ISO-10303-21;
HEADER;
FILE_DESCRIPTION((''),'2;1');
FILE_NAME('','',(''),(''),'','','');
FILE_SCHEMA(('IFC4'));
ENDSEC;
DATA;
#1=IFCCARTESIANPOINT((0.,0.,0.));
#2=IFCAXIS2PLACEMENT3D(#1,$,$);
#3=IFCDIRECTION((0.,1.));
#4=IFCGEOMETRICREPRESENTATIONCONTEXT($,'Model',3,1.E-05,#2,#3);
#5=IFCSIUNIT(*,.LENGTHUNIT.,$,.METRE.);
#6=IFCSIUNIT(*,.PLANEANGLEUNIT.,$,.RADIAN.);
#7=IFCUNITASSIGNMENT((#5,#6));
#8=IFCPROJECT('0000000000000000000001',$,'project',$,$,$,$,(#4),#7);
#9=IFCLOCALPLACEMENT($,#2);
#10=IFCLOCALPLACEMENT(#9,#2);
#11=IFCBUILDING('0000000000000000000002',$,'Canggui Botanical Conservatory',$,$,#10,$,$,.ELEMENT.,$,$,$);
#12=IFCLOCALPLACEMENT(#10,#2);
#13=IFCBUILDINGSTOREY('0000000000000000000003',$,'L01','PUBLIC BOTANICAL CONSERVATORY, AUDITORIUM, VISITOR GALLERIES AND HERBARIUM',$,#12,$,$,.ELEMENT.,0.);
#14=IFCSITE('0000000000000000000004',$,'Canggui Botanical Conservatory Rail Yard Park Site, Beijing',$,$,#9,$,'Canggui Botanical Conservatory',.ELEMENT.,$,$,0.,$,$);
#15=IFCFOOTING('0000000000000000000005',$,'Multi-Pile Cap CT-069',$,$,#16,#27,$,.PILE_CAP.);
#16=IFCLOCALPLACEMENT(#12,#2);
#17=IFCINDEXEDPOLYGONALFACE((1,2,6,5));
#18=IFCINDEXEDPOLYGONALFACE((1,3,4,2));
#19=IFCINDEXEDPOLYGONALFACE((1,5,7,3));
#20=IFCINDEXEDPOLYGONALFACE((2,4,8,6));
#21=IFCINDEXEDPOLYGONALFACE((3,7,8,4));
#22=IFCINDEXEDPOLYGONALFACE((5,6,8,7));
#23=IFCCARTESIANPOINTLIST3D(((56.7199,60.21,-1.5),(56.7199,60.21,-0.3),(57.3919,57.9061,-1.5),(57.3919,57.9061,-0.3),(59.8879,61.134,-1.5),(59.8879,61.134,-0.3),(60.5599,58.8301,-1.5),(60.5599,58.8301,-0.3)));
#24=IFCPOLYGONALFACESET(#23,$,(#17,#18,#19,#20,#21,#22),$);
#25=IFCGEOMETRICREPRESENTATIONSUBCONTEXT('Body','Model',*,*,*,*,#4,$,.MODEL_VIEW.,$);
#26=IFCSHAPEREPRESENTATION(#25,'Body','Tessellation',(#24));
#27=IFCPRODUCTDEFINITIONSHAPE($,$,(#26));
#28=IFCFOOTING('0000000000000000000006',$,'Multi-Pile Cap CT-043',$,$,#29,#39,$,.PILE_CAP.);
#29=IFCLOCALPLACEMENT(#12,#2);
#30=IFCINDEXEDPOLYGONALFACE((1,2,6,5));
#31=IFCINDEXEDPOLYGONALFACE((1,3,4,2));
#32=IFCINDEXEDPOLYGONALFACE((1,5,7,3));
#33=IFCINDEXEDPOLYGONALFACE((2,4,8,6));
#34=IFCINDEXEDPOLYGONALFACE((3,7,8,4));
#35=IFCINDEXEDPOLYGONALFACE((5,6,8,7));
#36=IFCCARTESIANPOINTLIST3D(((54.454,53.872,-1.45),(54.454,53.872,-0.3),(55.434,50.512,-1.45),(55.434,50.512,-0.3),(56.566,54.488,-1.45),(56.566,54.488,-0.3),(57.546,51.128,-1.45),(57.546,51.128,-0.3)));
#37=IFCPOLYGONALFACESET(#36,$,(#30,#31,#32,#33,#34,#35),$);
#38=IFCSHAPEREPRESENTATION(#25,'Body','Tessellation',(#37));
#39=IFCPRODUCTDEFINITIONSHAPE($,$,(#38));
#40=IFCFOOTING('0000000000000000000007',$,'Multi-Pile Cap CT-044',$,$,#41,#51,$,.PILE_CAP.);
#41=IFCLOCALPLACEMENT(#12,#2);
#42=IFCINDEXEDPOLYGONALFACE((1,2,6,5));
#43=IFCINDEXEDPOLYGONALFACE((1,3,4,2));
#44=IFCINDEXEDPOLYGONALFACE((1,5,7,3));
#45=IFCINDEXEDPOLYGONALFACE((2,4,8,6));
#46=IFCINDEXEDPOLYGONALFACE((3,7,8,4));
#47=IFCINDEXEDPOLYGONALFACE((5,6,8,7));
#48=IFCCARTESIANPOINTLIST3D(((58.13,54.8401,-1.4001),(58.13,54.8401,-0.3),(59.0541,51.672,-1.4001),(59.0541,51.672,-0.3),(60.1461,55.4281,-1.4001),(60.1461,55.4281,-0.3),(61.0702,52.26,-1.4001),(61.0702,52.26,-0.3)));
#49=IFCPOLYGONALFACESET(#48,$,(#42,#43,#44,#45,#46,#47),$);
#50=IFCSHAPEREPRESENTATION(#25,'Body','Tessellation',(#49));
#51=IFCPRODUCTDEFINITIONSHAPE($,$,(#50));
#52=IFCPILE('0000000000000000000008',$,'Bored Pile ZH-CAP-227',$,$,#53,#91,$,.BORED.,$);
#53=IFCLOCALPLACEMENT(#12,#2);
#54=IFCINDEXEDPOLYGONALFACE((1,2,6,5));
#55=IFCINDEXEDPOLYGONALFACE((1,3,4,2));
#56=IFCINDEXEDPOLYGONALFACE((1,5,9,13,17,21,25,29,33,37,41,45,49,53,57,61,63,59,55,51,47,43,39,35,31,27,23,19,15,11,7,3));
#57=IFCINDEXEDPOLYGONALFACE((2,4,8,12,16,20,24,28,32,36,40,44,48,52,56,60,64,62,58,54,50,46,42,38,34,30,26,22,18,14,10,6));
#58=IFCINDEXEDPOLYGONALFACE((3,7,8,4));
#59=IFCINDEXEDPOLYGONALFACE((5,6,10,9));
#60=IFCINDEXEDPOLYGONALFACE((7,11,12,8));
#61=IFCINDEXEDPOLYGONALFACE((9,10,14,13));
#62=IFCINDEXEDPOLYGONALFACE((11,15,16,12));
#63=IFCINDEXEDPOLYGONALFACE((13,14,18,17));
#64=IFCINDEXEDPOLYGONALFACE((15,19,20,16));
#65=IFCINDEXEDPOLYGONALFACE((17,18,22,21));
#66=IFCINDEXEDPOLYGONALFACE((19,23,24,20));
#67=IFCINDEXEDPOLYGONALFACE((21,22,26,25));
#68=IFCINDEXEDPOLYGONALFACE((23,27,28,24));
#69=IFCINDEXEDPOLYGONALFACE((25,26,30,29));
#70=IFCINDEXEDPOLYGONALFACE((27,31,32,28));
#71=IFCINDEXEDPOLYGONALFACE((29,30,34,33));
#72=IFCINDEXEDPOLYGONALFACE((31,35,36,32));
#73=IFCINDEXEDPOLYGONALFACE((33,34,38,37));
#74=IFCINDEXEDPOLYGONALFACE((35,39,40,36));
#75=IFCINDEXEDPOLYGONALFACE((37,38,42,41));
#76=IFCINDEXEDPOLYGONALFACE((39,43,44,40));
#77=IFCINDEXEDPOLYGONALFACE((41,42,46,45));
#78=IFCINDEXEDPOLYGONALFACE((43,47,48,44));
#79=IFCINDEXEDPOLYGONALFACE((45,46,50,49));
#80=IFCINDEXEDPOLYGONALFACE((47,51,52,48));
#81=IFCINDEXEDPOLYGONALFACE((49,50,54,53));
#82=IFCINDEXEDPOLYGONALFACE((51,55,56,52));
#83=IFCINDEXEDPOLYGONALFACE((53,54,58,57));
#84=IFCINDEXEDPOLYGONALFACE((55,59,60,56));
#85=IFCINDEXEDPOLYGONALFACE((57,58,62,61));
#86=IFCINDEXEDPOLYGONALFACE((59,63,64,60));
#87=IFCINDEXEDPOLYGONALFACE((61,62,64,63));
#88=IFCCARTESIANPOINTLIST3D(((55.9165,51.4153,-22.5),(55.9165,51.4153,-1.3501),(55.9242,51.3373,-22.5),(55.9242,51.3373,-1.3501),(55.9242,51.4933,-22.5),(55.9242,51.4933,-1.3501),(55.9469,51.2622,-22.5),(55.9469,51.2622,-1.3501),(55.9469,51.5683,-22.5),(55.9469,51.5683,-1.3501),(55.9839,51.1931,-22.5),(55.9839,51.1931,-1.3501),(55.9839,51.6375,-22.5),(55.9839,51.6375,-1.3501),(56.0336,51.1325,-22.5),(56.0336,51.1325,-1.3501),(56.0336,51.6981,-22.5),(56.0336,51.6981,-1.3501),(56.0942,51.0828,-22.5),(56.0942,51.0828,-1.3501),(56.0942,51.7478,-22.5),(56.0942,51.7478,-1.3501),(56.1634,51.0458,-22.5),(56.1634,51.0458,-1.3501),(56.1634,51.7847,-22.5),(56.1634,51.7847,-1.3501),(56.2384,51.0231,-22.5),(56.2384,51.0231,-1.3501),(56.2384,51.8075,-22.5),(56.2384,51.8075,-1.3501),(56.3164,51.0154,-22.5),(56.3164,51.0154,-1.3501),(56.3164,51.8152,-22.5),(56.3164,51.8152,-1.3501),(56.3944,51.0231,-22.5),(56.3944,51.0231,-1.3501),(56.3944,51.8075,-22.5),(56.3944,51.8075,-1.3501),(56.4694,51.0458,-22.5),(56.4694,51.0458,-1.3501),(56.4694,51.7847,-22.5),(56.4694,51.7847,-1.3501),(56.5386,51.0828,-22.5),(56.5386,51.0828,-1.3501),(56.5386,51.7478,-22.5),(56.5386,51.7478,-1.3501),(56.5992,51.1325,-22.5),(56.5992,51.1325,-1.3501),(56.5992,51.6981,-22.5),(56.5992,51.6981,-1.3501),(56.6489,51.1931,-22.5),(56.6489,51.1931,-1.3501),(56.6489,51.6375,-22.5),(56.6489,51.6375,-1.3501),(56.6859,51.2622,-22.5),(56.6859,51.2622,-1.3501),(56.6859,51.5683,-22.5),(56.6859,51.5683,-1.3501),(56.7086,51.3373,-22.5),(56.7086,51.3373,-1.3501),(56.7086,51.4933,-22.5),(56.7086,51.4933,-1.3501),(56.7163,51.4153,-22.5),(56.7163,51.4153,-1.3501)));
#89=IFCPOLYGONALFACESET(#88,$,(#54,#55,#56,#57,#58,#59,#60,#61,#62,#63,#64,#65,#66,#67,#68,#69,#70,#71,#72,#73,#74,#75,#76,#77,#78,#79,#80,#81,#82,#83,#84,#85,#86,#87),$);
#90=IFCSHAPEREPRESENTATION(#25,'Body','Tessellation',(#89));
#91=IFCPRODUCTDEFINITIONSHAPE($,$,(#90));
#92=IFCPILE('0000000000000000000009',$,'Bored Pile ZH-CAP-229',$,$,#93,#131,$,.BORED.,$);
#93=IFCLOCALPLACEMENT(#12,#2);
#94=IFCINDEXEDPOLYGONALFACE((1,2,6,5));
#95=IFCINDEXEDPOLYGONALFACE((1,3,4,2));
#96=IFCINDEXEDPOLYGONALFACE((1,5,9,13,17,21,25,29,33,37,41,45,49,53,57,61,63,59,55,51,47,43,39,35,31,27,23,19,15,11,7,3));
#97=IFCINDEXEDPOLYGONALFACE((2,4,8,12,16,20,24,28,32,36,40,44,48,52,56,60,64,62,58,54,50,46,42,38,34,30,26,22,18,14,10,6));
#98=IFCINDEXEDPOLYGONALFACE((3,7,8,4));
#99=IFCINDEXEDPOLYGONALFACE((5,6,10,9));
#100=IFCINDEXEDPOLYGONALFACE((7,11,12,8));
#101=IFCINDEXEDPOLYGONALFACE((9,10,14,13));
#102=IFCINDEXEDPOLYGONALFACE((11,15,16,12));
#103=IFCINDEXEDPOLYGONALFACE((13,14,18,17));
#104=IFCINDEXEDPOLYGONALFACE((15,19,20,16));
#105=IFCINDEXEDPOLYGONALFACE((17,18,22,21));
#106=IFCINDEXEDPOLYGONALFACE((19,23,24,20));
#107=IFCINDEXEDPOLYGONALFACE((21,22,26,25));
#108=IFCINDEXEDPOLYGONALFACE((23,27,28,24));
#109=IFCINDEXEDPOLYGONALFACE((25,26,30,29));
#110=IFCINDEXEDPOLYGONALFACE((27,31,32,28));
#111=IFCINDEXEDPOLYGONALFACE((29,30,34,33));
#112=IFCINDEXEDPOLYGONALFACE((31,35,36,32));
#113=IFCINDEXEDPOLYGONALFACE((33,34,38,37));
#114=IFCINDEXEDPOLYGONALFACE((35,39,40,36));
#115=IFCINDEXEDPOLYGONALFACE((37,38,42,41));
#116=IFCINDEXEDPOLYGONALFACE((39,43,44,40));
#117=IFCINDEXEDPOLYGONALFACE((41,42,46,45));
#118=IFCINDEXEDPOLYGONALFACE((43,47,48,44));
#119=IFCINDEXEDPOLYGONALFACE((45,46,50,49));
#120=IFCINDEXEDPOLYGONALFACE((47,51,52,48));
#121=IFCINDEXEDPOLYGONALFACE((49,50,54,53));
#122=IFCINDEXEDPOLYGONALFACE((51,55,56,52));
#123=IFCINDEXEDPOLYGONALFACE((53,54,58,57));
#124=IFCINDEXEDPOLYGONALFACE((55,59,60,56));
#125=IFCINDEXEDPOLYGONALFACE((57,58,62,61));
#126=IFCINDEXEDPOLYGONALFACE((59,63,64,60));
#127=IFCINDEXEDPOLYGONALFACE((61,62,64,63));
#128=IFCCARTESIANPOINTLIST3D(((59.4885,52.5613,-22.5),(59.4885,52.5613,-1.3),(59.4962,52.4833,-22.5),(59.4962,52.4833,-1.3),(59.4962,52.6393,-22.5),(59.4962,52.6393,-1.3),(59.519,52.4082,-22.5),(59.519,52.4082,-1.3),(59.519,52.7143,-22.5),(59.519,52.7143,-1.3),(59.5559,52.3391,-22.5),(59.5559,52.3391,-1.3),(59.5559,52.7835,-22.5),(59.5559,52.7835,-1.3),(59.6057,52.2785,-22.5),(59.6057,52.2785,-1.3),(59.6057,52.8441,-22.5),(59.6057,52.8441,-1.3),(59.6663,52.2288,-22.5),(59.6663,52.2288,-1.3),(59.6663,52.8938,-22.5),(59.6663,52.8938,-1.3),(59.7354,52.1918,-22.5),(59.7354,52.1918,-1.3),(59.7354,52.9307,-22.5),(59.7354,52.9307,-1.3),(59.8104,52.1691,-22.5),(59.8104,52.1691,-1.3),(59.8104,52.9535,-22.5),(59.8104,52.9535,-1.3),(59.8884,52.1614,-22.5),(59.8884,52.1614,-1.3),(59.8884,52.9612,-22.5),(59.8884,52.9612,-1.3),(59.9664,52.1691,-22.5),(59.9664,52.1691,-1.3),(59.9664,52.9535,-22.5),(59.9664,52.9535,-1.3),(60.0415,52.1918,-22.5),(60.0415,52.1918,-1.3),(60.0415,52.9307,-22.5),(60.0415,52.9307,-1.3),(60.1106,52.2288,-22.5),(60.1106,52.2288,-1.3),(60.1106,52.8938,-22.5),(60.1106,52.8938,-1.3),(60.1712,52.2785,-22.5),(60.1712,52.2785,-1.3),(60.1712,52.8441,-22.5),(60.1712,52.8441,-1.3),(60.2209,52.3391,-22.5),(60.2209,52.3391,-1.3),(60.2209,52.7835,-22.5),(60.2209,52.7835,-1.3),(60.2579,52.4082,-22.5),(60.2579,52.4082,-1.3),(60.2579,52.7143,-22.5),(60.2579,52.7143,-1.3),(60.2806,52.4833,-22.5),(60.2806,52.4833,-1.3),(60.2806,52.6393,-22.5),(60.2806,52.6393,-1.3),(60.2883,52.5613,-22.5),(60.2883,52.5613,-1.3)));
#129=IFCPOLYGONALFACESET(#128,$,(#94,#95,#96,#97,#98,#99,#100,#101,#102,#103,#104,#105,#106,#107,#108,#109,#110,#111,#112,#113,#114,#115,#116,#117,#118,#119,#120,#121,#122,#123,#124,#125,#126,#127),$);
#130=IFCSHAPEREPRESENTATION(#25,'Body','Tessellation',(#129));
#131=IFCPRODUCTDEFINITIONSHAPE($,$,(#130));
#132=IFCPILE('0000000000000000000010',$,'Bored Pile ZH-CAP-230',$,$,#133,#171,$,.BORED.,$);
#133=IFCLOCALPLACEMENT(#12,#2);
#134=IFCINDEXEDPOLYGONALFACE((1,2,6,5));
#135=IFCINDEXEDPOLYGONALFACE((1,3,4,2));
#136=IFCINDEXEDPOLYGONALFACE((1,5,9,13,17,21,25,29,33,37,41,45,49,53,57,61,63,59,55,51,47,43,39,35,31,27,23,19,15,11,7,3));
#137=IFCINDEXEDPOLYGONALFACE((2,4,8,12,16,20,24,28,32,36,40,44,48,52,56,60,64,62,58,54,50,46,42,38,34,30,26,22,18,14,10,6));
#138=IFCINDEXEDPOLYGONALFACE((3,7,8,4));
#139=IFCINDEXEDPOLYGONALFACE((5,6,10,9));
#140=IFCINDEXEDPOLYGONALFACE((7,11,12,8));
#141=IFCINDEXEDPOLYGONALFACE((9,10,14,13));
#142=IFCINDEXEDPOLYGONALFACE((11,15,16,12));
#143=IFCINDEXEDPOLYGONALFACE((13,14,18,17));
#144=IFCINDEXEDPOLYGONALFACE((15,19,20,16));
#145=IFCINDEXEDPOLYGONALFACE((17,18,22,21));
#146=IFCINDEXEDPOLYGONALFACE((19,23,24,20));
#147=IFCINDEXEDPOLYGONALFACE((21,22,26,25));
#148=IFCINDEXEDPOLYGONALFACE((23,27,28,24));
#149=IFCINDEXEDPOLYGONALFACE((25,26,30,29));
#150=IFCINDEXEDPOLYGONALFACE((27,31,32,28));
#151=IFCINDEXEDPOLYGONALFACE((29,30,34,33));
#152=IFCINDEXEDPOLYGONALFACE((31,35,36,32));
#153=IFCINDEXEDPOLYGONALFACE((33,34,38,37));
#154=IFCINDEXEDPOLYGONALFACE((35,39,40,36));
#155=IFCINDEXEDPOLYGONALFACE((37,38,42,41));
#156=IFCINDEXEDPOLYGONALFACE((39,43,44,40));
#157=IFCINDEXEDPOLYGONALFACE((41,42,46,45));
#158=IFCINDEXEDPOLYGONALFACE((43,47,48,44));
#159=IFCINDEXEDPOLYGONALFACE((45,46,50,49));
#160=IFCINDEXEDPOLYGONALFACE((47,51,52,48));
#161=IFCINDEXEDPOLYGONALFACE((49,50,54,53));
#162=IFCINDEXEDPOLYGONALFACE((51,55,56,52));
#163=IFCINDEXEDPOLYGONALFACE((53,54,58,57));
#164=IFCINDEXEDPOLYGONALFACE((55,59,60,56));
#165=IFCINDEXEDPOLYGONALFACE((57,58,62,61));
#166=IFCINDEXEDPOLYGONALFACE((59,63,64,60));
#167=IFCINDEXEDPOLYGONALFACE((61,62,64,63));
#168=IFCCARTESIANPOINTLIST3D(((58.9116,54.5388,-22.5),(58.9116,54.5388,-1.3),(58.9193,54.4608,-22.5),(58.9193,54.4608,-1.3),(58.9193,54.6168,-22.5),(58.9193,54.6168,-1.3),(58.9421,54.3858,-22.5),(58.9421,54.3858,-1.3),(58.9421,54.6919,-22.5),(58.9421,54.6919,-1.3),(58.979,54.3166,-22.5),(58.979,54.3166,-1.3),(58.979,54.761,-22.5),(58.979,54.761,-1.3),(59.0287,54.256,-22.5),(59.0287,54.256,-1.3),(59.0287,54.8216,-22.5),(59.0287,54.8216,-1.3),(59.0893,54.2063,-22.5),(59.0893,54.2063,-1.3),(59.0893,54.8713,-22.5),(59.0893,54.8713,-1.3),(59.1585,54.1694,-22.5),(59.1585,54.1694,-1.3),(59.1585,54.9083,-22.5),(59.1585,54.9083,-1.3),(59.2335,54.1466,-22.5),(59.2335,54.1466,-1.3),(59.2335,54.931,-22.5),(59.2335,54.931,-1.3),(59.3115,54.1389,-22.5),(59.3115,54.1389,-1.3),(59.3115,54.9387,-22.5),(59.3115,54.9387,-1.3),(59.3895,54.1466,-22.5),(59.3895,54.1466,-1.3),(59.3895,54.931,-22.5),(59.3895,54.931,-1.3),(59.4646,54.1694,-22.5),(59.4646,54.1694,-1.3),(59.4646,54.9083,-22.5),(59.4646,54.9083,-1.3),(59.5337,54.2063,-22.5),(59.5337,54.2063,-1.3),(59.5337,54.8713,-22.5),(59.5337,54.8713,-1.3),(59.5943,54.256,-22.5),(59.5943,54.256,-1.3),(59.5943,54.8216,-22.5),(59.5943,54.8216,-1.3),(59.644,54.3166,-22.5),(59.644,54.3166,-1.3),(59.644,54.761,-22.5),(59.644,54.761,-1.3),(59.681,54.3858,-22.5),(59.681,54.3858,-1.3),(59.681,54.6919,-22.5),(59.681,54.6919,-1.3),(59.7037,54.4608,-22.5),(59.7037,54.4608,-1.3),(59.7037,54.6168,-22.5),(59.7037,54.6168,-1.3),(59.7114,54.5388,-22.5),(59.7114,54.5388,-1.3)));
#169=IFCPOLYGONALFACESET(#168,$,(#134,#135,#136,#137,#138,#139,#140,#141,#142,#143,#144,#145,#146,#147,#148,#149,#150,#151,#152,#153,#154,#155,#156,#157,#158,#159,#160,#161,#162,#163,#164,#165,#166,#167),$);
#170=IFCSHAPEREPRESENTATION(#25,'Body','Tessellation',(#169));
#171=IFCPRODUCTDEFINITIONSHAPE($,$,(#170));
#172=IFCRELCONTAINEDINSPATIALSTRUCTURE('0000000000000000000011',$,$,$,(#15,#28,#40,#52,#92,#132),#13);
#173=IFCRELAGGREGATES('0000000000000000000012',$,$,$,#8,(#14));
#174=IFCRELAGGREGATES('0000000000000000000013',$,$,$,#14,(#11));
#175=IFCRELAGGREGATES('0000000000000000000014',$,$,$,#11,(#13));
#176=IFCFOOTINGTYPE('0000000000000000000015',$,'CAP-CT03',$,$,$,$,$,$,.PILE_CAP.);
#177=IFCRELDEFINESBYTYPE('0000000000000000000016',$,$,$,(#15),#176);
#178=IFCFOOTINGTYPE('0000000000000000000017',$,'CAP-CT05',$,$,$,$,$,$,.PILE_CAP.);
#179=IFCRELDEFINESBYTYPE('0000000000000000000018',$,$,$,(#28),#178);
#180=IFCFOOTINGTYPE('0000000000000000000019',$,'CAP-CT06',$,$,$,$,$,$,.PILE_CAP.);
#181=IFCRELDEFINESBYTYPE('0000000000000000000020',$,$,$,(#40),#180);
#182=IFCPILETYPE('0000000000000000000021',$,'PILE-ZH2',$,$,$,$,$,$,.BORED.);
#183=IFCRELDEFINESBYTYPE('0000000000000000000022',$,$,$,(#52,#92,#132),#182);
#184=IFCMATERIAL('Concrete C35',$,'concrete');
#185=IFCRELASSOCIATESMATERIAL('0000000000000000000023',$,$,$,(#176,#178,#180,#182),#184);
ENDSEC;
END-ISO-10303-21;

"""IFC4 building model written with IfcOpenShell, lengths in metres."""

from ifc_helpers import new_model, si_unit, direction, frame, origin, origin_2d, place, context, subcontext, project, spatial, rectangle, circle, extrude, material, material_profile, profile_set, type_object, element, save


model = new_model("IFC4")

# Units and contexts
model_context = context("Model", 3, precision=1e-05, world=origin(), true_north=direction((0.0, 1.0)))
body_context = subcontext(model_context, "Body", "Model", "MODEL_VIEW")
ifc_project = project(units=[si_unit("LENGTHUNIT", "METRE"), si_unit("PLANEANGLEUNIT", "RADIAN")], contexts=[model_context])

# Site, building, storey
site_placement = place(None, origin())
site = spatial("IfcSite", under=ifc_project, at=site_placement, Name="Canggui Botanical Conservatory Rail Yard Park Site, Beijing", LongName="Canggui Botanical Conservatory", CompositionType="ELEMENT", RefElevation=0.0)
building_placement = place(site_placement, origin())
building = spatial("IfcBuilding", under=site, at=building_placement, Name="Canggui Botanical Conservatory", CompositionType="ELEMENT")
storey_placement = place(building_placement, origin())
storey = spatial("IfcBuildingStorey", under=building, at=storey_placement, Name="L01", Description="PUBLIC BOTANICAL CONSERVATORY, AUDITORIUM, VISITOR GALLERIES AND HERBARIUM", CompositionType="ELEMENT", Elevation=0.0)

# Footings
ifc_material_1 = material(Name="Concrete C35", Category="concrete")
footing_type_1 = type_object("IfcFootingType", Name="CAP-CT03", PredefinedType="PILE_CAP", material=ifc_material_1)
footing_1_placement = place(storey_placement, frame((58.6399, 59.52, -1.5), z_axis=(0.0, 0.0, 1.0), x_axis=(0.96, 0.28, 0.0)))
element("IfcFooting", 1, at=footing_1_placement, inside=storey, type_object=footing_type_1, Name="Multi-Pile Cap CT-069", PredefinedType="PILE_CAP", context=body_context, shape_type="SweptSolid", body=[
    extrude(rectangle(XDim=3.3, YDim=2.3999, at=origin_2d()), origin(), (0.0, 0.0, 1.0), 1.2),
])
footing_type_2 = type_object("IfcFootingType", Name="CAP-CT05", PredefinedType="PILE_CAP", material=ifc_material_1)
footing_2_placement = place(storey_placement, frame((56.0, 52.5, -1.45), z_axis=(0.0, 0.0, 1.0), x_axis=(-0.28, 0.96, 0.0)))
element("IfcFooting", 2, at=footing_2_placement, inside=storey, type_object=footing_type_2, Name="Multi-Pile Cap CT-043", PredefinedType="PILE_CAP", context=body_context, shape_type="SweptSolid", body=[
    extrude(rectangle(XDim=3.5, YDim=2.2, at=origin_2d()), origin(), (0.0, 0.0, 1.0), 1.1499),
])
footing_type_3 = type_object("IfcFootingType", Name="CAP-CT06", PredefinedType="PILE_CAP", material=ifc_material_1)
footing_3_placement = place(storey_placement, frame((59.6001, 53.55, -1.4001), z_axis=(0.0, 0.0, 1.0), x_axis=(-0.28, 0.96, 0.0)))
element("IfcFooting", 3, at=footing_3_placement, inside=storey, type_object=footing_type_3, Name="Multi-Pile Cap CT-044", PredefinedType="PILE_CAP", context=body_context, shape_type="SweptSolid", body=[
    extrude(rectangle(XDim=3.3, YDim=2.1001, at=origin_2d()), origin(), (0.0, 0.0, 1.0), 1.1001),
])

# Piles
ifc_material_profile_1 = material_profile(ifc_material_1, circle(Radius=0.3999, at=origin_2d()), Name="PILE D800")
ifc_profile_set_1 = profile_set([ifc_material_profile_1], Name="Concrete C35")
pile_type = type_object("IfcPileType", Name="PILE-ZH2", PredefinedType="BORED", material=ifc_profile_set_1)
pile_placement = place(storey_placement, frame((56.3164, 51.4153, -1.3501), z_axis=(0.0, 0.0, -1.0), x_axis=(1.0, 0.0, 0.0)))
element("IfcPile", 4, at=pile_placement, inside=storey, type_object=pile_type, Name="Bored Pile ZH-CAP-227", PredefinedType="BORED", context=body_context, shape_type="SweptSolid", body=[
    extrude(circle(Radius=0.3999, at=origin_2d()), origin(), (0.0, 0.0, 1.0), 21.1499),
])
for number, where, z_axis, x_axis, name in (
    (5, (59.8884, 52.5613, -1.3), (0.0, 0.0, -1.0), (1.0, 0.0, 0.0), "Bored Pile ZH-CAP-229"),
    (6, (59.3115, 54.5388, -1.3), (0.0, 0.0, -1.0), (1.0, 0.0, 0.0), "Bored Pile ZH-CAP-230"),
):
    element("IfcPile", number, at=place(storey_placement, frame(where, z_axis=z_axis, x_axis=x_axis)), inside=storey, type_object=pile_type, Name=name, PredefinedType="BORED", context=body_context, shape_type="SweptSolid", body=[
        extrude(circle(Radius=0.3999, at=origin_2d()), origin(), (0.0, 0.0, 1.0), 21.2),
    ])

save(model, "model.ifc")
